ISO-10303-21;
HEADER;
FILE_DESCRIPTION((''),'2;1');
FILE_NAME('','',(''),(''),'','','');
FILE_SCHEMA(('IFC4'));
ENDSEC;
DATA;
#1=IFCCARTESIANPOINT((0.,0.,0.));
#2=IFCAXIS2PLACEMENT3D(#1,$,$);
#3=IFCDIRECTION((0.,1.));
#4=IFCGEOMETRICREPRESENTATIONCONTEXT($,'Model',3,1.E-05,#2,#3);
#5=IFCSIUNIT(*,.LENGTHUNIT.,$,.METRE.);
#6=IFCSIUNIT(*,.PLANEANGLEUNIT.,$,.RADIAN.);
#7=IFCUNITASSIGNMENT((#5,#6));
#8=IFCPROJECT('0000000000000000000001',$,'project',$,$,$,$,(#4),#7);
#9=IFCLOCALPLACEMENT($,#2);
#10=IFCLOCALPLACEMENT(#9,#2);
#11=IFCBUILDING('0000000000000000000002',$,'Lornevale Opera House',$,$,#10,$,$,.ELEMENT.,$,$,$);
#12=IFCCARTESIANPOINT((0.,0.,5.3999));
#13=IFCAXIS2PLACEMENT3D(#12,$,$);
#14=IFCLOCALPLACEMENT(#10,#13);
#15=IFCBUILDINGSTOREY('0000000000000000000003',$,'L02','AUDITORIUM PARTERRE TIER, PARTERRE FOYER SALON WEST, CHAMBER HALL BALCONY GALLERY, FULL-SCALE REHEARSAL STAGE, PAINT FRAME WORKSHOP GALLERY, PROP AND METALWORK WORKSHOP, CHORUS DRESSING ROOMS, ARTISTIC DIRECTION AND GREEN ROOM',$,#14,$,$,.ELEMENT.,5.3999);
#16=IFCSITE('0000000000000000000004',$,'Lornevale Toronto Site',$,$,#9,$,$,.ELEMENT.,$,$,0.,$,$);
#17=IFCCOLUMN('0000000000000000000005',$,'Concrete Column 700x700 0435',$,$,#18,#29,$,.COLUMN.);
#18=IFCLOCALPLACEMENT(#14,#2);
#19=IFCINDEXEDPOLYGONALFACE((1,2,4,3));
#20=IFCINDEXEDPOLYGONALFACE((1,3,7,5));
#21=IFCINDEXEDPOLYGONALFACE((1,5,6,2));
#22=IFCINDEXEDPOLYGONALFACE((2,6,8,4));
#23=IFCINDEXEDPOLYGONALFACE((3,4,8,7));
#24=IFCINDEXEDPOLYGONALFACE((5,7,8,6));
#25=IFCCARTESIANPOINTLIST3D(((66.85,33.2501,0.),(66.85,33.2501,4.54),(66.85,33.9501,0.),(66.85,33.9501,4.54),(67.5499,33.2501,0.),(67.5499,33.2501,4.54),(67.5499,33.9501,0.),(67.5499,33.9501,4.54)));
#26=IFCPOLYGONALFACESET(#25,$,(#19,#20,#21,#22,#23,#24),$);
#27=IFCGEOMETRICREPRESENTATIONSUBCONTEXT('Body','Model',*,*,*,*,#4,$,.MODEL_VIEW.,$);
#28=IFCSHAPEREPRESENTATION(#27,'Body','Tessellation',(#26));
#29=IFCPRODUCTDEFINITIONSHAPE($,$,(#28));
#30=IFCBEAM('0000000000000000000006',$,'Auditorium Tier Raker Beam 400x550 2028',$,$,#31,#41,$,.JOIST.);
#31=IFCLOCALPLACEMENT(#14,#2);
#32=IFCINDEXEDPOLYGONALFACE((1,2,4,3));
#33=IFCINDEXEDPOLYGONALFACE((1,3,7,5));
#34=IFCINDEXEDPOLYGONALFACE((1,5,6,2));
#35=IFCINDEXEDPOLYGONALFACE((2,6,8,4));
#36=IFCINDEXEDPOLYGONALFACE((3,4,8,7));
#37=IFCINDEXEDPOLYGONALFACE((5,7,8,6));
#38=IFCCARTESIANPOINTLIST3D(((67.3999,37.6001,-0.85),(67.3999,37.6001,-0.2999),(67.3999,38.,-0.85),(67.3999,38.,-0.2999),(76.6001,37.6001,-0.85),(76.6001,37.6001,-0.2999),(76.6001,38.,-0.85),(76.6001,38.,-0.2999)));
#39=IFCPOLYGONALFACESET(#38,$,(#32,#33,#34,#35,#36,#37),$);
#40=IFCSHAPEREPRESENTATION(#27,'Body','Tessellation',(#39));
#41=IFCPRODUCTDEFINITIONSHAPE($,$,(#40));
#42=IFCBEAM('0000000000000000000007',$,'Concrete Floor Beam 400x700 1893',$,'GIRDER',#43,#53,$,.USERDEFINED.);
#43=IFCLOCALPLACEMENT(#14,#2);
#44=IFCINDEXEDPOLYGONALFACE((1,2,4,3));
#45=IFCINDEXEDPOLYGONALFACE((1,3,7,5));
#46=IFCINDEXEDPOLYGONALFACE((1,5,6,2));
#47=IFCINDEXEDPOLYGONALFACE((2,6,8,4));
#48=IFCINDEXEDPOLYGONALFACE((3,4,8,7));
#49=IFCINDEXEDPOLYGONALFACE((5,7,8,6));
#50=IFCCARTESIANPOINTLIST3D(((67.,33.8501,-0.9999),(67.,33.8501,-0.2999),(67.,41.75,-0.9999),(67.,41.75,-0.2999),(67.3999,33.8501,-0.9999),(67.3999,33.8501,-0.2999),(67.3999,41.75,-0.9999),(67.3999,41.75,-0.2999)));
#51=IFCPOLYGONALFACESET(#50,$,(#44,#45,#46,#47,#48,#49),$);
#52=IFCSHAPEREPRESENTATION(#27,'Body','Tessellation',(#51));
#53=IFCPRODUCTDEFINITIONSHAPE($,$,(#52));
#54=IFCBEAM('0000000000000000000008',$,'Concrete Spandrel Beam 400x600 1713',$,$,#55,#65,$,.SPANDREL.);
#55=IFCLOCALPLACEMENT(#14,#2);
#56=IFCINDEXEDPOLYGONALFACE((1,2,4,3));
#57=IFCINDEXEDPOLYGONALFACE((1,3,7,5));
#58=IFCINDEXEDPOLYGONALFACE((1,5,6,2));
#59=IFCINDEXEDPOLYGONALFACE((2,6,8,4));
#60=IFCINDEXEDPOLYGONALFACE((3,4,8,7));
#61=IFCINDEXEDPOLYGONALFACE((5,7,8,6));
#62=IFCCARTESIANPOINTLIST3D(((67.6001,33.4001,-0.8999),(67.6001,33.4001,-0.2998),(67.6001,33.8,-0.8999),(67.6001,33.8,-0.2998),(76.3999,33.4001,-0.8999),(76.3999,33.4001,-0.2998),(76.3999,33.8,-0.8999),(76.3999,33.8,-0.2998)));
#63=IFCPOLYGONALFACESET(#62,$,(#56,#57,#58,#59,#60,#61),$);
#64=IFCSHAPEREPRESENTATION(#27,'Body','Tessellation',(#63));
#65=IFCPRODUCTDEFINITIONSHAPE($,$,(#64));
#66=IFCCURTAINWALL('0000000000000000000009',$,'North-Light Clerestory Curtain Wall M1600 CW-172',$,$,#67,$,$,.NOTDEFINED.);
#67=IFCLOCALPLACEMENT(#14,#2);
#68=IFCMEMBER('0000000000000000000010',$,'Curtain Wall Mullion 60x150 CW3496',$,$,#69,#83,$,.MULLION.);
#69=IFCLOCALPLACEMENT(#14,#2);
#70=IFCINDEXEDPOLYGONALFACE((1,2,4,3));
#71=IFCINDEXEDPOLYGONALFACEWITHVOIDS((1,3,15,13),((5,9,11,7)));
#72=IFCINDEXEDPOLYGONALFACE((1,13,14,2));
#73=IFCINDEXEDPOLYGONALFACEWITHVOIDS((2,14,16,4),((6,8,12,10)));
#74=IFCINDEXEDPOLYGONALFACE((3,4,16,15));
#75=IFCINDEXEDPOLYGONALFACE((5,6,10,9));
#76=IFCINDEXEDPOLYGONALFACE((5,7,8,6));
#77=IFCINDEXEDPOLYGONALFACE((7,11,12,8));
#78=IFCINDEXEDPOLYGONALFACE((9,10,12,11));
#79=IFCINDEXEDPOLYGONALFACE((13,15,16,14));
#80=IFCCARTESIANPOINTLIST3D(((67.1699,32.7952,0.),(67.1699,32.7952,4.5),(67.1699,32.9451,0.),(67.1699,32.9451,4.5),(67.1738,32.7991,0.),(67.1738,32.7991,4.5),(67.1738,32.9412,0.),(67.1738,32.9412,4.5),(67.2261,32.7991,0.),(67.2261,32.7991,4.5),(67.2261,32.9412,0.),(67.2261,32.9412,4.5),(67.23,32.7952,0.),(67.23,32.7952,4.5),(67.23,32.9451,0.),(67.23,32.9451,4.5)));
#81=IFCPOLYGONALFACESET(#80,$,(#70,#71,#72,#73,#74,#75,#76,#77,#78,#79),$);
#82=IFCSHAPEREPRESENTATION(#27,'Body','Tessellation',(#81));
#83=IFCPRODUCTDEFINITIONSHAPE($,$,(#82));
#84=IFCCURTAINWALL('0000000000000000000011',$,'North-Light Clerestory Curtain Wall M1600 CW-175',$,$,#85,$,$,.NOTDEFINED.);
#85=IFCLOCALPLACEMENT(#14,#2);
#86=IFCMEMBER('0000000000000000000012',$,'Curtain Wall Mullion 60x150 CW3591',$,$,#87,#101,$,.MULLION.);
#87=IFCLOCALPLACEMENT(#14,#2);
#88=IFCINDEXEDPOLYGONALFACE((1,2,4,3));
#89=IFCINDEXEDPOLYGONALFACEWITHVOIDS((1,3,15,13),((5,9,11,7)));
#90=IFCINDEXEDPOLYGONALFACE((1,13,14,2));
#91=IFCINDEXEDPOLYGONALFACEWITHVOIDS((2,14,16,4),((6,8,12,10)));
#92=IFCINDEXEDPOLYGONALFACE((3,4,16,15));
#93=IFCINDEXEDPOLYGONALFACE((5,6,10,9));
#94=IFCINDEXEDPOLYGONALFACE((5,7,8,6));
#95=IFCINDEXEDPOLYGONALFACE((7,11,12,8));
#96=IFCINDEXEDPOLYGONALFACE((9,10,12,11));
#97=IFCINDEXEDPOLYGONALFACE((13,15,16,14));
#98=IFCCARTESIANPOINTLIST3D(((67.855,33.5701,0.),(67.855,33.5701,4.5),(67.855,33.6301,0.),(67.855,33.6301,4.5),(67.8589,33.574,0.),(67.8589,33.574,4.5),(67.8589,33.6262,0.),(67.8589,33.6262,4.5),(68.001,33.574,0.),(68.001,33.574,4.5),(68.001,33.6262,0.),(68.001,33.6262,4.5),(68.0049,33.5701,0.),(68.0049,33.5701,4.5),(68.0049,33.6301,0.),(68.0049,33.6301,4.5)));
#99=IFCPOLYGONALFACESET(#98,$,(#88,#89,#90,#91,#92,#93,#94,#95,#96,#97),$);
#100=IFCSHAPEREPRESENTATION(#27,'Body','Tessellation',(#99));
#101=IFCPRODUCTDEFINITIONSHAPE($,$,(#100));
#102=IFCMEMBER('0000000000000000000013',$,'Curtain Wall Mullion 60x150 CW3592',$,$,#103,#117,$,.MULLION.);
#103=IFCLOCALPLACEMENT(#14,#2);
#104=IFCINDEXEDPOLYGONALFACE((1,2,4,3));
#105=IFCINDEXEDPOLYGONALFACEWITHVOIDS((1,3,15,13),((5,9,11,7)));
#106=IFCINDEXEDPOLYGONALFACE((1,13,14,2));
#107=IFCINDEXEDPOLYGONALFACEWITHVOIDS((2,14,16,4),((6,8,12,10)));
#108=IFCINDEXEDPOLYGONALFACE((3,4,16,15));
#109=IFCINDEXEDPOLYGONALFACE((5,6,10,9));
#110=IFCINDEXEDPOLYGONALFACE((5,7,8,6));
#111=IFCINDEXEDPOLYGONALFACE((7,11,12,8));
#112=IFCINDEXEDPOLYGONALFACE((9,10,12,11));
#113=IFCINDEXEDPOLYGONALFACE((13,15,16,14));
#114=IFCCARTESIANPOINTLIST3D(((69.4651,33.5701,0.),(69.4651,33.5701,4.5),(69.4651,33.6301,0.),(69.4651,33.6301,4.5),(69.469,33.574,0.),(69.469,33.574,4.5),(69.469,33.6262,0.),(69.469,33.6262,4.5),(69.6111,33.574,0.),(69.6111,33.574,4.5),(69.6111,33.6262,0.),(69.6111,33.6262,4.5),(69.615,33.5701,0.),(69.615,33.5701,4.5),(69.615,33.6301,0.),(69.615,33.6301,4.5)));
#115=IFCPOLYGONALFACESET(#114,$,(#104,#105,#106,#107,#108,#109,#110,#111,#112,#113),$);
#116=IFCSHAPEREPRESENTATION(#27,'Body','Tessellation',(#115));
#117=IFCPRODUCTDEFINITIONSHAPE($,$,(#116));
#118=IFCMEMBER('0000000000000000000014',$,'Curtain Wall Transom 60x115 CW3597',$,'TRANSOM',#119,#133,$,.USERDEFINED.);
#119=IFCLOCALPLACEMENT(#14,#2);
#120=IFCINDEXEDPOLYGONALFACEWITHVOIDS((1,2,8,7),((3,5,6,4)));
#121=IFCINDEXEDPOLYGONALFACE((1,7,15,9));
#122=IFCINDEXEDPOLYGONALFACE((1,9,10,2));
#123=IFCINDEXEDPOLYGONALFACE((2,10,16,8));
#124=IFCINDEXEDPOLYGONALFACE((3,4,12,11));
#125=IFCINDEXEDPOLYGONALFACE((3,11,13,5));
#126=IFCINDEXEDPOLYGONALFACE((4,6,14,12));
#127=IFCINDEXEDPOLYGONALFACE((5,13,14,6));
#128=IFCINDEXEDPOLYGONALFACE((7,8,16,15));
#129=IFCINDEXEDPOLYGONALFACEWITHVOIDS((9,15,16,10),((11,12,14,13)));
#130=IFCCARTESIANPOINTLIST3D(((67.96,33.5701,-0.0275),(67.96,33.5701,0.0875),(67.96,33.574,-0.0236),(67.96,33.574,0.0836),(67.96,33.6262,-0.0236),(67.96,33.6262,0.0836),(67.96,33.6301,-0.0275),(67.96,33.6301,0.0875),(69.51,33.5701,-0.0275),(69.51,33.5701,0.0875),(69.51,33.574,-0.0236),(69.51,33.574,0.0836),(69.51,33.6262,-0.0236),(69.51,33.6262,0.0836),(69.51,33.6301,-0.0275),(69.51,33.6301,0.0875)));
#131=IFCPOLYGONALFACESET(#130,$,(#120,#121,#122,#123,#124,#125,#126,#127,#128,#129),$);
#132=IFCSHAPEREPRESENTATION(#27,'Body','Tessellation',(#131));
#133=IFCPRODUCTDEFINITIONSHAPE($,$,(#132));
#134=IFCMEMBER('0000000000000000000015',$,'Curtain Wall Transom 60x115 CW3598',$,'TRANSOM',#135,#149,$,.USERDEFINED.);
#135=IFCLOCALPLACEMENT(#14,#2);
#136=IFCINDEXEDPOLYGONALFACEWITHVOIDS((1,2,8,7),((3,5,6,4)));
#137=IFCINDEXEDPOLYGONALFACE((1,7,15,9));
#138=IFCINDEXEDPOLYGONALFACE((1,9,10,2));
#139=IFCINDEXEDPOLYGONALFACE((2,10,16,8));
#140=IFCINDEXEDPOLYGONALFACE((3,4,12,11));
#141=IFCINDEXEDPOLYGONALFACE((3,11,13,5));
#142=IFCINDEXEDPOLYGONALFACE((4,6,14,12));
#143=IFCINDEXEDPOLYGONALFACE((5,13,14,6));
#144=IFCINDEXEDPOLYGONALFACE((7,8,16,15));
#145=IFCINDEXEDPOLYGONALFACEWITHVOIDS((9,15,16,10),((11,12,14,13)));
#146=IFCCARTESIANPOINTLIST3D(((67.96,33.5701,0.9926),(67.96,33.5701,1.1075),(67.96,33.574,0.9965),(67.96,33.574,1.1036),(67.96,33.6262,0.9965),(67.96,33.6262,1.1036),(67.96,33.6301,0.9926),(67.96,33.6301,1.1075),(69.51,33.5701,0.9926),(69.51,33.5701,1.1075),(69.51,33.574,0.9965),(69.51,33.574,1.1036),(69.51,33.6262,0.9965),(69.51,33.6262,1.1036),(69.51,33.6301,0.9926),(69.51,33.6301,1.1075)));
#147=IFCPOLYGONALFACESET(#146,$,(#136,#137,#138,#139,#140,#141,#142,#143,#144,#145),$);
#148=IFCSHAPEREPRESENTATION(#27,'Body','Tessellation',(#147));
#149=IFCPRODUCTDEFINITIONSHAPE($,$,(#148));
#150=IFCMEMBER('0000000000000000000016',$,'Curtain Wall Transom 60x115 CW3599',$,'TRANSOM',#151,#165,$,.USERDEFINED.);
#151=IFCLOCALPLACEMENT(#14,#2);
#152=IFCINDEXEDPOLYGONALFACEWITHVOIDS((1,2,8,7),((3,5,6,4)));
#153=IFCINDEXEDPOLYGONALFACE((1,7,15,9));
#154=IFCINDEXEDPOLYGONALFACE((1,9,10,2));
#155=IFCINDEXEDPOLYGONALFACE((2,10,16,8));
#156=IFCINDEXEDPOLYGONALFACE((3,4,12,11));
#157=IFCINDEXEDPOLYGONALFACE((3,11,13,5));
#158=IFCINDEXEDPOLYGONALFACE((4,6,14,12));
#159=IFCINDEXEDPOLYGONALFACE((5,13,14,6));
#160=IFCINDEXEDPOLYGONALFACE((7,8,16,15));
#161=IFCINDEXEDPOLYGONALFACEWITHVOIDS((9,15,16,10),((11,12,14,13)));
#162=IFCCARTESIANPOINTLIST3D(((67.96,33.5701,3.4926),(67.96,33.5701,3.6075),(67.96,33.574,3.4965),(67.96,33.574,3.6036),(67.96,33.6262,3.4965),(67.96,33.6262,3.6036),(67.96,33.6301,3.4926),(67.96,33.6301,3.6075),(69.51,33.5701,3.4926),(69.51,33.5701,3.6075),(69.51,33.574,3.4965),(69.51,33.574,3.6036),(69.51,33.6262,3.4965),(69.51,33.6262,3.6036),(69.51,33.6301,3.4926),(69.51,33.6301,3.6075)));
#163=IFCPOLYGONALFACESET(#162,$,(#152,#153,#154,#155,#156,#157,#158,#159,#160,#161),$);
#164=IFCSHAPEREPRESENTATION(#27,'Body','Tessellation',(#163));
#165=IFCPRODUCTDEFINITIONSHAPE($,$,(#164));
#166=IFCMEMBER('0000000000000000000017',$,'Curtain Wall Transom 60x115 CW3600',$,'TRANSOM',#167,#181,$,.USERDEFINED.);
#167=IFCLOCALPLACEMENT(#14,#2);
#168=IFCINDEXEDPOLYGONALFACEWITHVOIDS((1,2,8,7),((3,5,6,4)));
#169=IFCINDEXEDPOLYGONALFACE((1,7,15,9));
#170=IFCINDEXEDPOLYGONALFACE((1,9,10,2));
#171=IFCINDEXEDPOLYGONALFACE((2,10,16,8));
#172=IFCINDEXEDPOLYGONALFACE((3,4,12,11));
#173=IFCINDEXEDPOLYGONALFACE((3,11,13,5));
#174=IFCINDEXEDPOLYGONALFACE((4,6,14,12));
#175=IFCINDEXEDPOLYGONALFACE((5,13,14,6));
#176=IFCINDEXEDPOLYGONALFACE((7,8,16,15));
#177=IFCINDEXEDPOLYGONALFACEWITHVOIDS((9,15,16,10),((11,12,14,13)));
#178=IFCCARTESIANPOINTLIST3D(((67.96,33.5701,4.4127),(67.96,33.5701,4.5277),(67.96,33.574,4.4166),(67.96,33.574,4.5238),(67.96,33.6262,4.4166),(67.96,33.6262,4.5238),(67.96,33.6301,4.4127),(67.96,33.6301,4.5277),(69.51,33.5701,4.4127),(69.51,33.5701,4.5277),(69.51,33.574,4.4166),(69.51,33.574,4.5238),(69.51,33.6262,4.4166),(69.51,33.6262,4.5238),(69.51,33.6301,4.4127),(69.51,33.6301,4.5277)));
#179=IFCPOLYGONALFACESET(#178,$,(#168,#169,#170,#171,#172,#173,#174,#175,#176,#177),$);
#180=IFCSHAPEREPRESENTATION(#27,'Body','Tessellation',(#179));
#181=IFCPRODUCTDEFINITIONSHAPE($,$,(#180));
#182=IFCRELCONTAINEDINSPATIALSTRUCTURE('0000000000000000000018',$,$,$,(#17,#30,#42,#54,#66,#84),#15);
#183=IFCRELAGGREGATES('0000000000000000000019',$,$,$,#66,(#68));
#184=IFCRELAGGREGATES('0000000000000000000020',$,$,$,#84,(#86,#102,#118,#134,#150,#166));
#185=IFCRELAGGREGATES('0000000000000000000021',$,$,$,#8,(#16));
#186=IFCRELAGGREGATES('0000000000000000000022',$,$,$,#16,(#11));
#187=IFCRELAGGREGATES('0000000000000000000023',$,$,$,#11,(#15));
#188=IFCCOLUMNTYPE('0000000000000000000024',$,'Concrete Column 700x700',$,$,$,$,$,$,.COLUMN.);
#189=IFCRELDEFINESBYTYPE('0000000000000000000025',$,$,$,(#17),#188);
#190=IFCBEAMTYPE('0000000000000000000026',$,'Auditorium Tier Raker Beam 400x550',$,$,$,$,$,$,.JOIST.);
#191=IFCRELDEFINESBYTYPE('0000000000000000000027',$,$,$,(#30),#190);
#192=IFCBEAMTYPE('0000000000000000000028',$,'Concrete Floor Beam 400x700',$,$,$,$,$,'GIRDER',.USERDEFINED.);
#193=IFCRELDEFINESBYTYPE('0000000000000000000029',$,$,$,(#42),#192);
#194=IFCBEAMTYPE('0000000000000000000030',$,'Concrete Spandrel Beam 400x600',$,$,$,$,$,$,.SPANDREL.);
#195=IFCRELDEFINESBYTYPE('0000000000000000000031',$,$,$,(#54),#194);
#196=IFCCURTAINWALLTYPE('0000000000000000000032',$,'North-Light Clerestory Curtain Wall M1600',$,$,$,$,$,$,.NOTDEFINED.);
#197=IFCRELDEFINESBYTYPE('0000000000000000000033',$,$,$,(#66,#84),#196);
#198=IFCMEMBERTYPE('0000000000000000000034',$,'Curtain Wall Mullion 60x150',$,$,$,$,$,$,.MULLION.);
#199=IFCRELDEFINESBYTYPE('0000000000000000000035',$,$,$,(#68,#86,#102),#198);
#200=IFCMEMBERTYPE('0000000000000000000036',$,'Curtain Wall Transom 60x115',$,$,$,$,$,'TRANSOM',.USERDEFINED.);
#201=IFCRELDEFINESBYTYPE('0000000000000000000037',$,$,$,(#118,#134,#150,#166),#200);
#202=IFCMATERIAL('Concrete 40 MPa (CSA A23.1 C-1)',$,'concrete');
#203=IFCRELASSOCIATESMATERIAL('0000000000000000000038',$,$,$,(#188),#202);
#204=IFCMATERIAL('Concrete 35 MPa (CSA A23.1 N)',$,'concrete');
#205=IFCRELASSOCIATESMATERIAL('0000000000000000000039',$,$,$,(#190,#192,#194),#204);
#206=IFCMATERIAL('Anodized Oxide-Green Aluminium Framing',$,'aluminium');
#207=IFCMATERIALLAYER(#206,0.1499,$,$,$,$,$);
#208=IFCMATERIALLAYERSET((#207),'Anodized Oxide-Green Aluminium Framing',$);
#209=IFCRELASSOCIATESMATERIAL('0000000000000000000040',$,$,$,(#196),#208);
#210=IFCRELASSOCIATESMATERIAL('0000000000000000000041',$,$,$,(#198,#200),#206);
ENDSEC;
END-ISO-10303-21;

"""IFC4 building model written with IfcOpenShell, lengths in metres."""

from ifc_helpers import new_model, si_unit, direction, frame, origin, origin_2d, place, context, subcontext, project, spatial, rectangle, hollow_rectangle, extrude, material, layer, layer_set, material_profile, profile_set, type_object, element, aggregate, save


model = new_model("IFC4")

# Units and contexts
model_context = context("Model", 3, precision=1e-05, world=origin(), true_north=direction((0.0, 1.0)))
body_context = subcontext(model_context, "Body", "Model", "MODEL_VIEW")
ifc_project = project(units=[si_unit("LENGTHUNIT", "METRE"), si_unit("PLANEANGLEUNIT", "RADIAN")], contexts=[model_context])

# Site, building, storey
site_placement = place(None, origin())
site = spatial("IfcSite", under=ifc_project, at=site_placement, Name="Lornevale Toronto Site", CompositionType="ELEMENT", RefElevation=0.0)
building_placement = place(site_placement, origin())
building = spatial("IfcBuilding", under=site, at=building_placement, Name="Lornevale Opera House", CompositionType="ELEMENT")
storey_placement = place(building_placement, frame((0.0, 0.0, 5.3999)))
storey = spatial("IfcBuildingStorey", under=building, at=storey_placement, Name="L02", Description="AUDITORIUM PARTERRE TIER, PARTERRE FOYER SALON WEST, CHAMBER HALL BALCONY GALLERY, FULL-SCALE REHEARSAL STAGE, PAINT FRAME WORKSHOP GALLERY, PROP AND METALWORK WORKSHOP, CHORUS DRESSING ROOMS, ARTISTIC DIRECTION AND GREEN ROOM", CompositionType="ELEMENT", Elevation=5.3999)

# Column
ifc_material_1 = material(Name="Concrete 40 MPa (CSA A23.1 C-1)", Category="concrete")
ifc_material_profile_1 = material_profile(ifc_material_1, rectangle(XDim=0.7, YDim=0.7, at=origin_2d()), Name="RC700x700")
ifc_profile_set_1 = profile_set([ifc_material_profile_1], Name="Concrete 40 MPa (CSA A23.1 C-1)")
column_type = type_object("IfcColumnType", Name="Concrete Column 700x700", PredefinedType="COLUMN", material=ifc_profile_set_1)
column_placement = place(storey_placement, frame((67.2, 33.6001, 0.0), z_axis=(0.0, 0.0, 1.0), x_axis=(1.0, 0.0, 0.0)))
element("IfcColumn", 1, at=column_placement, inside=storey, type_object=column_type, Name="Concrete Column 700x700 0435", PredefinedType="COLUMN", context=body_context, shape_type="SweptSolid", body=[
    extrude(rectangle(XDim=0.7, YDim=0.7, at=origin_2d()), origin(), (0.0, 0.0, 1.0), 4.54),
])

# Beams
ifc_material_2 = material(Name="Concrete 35 MPa (CSA A23.1 N)", Category="concrete")
ifc_material_profile_2 = material_profile(ifc_material_2, rectangle(XDim=0.3999, YDim=0.55, at=origin_2d()), Name="RC400x550")
ifc_profile_set_2 = profile_set([ifc_material_profile_2], Name="Concrete 35 MPa (CSA A23.1 N)")
beam_type_1 = type_object("IfcBeamType", Name="Auditorium Tier Raker Beam 400x550", PredefinedType="JOIST", material=ifc_profile_set_2)
beam_1_placement = place(storey_placement, frame((67.3999, 37.8, -0.575), z_axis=(1.0, 0.0, 0.0), x_axis=(0.0, 1.0, 0.0)))
element("IfcBeam", 2, at=beam_1_placement, inside=storey, type_object=beam_type_1, Name="Auditorium Tier Raker Beam 400x550 2028", PredefinedType="JOIST", context=body_context, shape_type="SweptSolid", body=[
    extrude(rectangle(XDim=0.3999, YDim=0.55, at=origin_2d()), origin(), (0.0, 0.0, 1.0), 9.2002),
])
ifc_material_profile_3 = material_profile(ifc_material_2, rectangle(XDim=0.3999, YDim=0.7, at=origin_2d()), Name="RC400x700")
ifc_profile_set_3 = profile_set([ifc_material_profile_3], Name="Concrete 35 MPa (CSA A23.1 N)")
beam_type_2 = type_object("IfcBeamType", Name="Concrete Floor Beam 400x700", ElementType="GIRDER", PredefinedType="USERDEFINED", material=ifc_profile_set_3)
beam_2_placement = place(storey_placement, frame((67.2, 33.8501, -0.6499), z_axis=(0.0, 1.0, 0.0), x_axis=(-1.0, 0.0, 0.0)))
element("IfcBeam", 3, at=beam_2_placement, inside=storey, type_object=beam_type_2, Name="Concrete Floor Beam 400x700 1893", ObjectType="GIRDER", PredefinedType="USERDEFINED", context=body_context, shape_type="SweptSolid", body=[
    extrude(rectangle(XDim=0.3999, YDim=0.7, at=origin_2d()), origin(), (0.0, 0.0, 1.0), 7.8999),
])
ifc_material_profile_4 = material_profile(ifc_material_2, rectangle(XDim=0.3999, YDim=0.6001, at=origin_2d()), Name="RC400x600")
ifc_profile_set_4 = profile_set([ifc_material_profile_4], Name="Concrete 35 MPa (CSA A23.1 N)")
beam_type_3 = type_object("IfcBeamType", Name="Concrete Spandrel Beam 400x600", PredefinedType="SPANDREL", material=ifc_profile_set_4)
beam_3_placement = place(storey_placement, frame((67.6001, 33.6001, -0.5999), z_axis=(1.0, 0.0, 0.0), x_axis=(0.0, 1.0, 0.0)))
element("IfcBeam", 4, at=beam_3_placement, inside=storey, type_object=beam_type_3, Name="Concrete Spandrel Beam 400x600 1713", PredefinedType="SPANDREL", context=body_context, shape_type="SweptSolid", body=[
    extrude(rectangle(XDim=0.3999, YDim=0.6001, at=origin_2d()), origin(), (0.0, 0.0, 1.0), 8.7998),
])

# Curtain wall, member
ifc_material_3 = material(Name="Anodized Oxide-Green Aluminium Framing", Category="aluminium")
ifc_layer_1 = layer(ifc_material_3, 0.1499)
ifc_layer_set_1 = layer_set([ifc_layer_1], Name="Anodized Oxide-Green Aluminium Framing")
curtain_wall_type = type_object("IfcCurtainWallType", Name="North-Light Clerestory Curtain Wall M1600", PredefinedType="NOTDEFINED", material=ifc_layer_set_1)
curtain_wall_1_placement = place(storey_placement, origin())
curtain_wall_1 = element("IfcCurtainWall", 5, at=curtain_wall_1_placement, inside=storey, type_object=curtain_wall_type, Name="North-Light Clerestory Curtain Wall M1600 CW-172", PredefinedType="NOTDEFINED")
ifc_material_profile_5 = material_profile(ifc_material_3, hollow_rectangle(XDim=0.0601, YDim=0.1499, WallThickness=0.0039, at=origin_2d()), Name="ALU60x150x4")
ifc_profile_set_5 = profile_set([ifc_material_profile_5], Name="Anodized Oxide-Green Aluminium Framing")
member_type_1 = type_object("IfcMemberType", Name="Curtain Wall Mullion 60x150", PredefinedType="MULLION", material=ifc_profile_set_5)
member_1_placement = place(storey_placement, frame((67.2, 32.8701, 0.0), z_axis=(0.0, 0.0, 1.0), x_axis=(-1.0, 0.0, 0.0)))
member_1 = element("IfcMember", 6, at=member_1_placement, type_object=member_type_1, Name="Curtain Wall Mullion 60x150 CW3496", PredefinedType="MULLION", context=body_context, shape_type="SweptSolid", body=[
    extrude(hollow_rectangle(XDim=0.0601, YDim=0.1499, WallThickness=0.0039, at=origin_2d()), origin(), (0.0, 0.0, 1.0), 4.5),
])
aggregate(curtain_wall_1, [member_1])

# Curtain wall, members
curtain_wall_2_placement = place(storey_placement, origin())
curtain_wall_2 = element("IfcCurtainWall", 7, at=curtain_wall_2_placement, inside=storey, type_object=curtain_wall_type, Name="North-Light Clerestory Curtain Wall M1600 CW-175", PredefinedType="NOTDEFINED")
member_2_placement = place(storey_placement, frame((67.9299, 33.6001, 0.0), z_axis=(0.0, 0.0, 1.0), x_axis=(0.0, 1.0, 0.0)))
member_2 = element("IfcMember", 8, at=member_2_placement, type_object=member_type_1, Name="Curtain Wall Mullion 60x150 CW3591", PredefinedType="MULLION", context=body_context, shape_type="SweptSolid", body=[
    extrude(hollow_rectangle(XDim=0.0601, YDim=0.1499, WallThickness=0.0039, at=origin_2d()), origin(), (0.0, 0.0, 1.0), 4.5),
])
member_3_placement = place(storey_placement, frame((69.54, 33.6001, 0.0), z_axis=(0.0, 0.0, 1.0), x_axis=(0.0, 1.0, 0.0)))
member_3 = element("IfcMember", 9, at=member_3_placement, type_object=member_type_1, Name="Curtain Wall Mullion 60x150 CW3592", PredefinedType="MULLION", context=body_context, shape_type="SweptSolid", body=[
    extrude(hollow_rectangle(XDim=0.0601, YDim=0.1499, WallThickness=0.0039, at=origin_2d()), origin(), (0.0, 0.0, 1.0), 4.5),
])
ifc_material_profile_6 = material_profile(ifc_material_3, hollow_rectangle(XDim=0.0601, YDim=0.115, WallThickness=0.0039, at=origin_2d()), Name="ALU60x115x4")
ifc_profile_set_6 = profile_set([ifc_material_profile_6], Name="Anodized Oxide-Green Aluminium Framing")
member_type_2 = type_object("IfcMemberType", Name="Curtain Wall Transom 60x115", ElementType="TRANSOM", PredefinedType="USERDEFINED", material=ifc_profile_set_6)
member_4_placement = place(storey_placement, frame((67.96, 33.6001, 0.03), z_axis=(1.0, 0.0, 0.0), x_axis=(0.0, 1.0, 0.0)))
member_4 = element("IfcMember", 10, at=member_4_placement, type_object=member_type_2, Name="Curtain Wall Transom 60x115 CW3597", ObjectType="TRANSOM", PredefinedType="USERDEFINED", context=body_context, shape_type="SweptSolid", body=[
    extrude(hollow_rectangle(XDim=0.0601, YDim=0.115, WallThickness=0.0039, at=origin_2d()), origin(), (0.0, 0.0, 1.0), 1.55),
])
member_5_placement = place(storey_placement, frame((67.96, 33.6001, 1.05), z_axis=(1.0, 0.0, 0.0), x_axis=(0.0, 1.0, 0.0)))
member_5 = element("IfcMember", 11, at=member_5_placement, type_object=member_type_2, Name="Curtain Wall Transom 60x115 CW3598", ObjectType="TRANSOM", PredefinedType="USERDEFINED", context=body_context, shape_type="SweptSolid", body=[
    extrude(hollow_rectangle(XDim=0.0601, YDim=0.115, WallThickness=0.0039, at=origin_2d()), origin(), (0.0, 0.0, 1.0), 1.55),
])
member_6_placement = place(storey_placement, frame((67.96, 33.6001, 3.55), z_axis=(1.0, 0.0, 0.0), x_axis=(0.0, 1.0, 0.0)))
member_6 = element("IfcMember", 12, at=member_6_placement, type_object=member_type_2, Name="Curtain Wall Transom 60x115 CW3599", ObjectType="TRANSOM", PredefinedType="USERDEFINED", context=body_context, shape_type="SweptSolid", body=[
    extrude(hollow_rectangle(XDim=0.0601, YDim=0.115, WallThickness=0.0039, at=origin_2d()), origin(), (0.0, 0.0, 1.0), 1.55),
])
member_7_placement = place(storey_placement, frame((67.96, 33.6001, 4.4702), z_axis=(1.0, 0.0, 0.0), x_axis=(0.0, 1.0, 0.0)))
member_7 = element("IfcMember", 13, at=member_7_placement, type_object=member_type_2, Name="Curtain Wall Transom 60x115 CW3600", ObjectType="TRANSOM", PredefinedType="USERDEFINED", context=body_context, shape_type="SweptSolid", body=[
    extrude(hollow_rectangle(XDim=0.0601, YDim=0.115, WallThickness=0.0039, at=origin_2d()), origin(), (0.0, 0.0, 1.0), 1.55),
])
aggregate(curtain_wall_2, [member_2, member_3, member_4, member_5, member_6, member_7])

save(model, "model.ifc")
